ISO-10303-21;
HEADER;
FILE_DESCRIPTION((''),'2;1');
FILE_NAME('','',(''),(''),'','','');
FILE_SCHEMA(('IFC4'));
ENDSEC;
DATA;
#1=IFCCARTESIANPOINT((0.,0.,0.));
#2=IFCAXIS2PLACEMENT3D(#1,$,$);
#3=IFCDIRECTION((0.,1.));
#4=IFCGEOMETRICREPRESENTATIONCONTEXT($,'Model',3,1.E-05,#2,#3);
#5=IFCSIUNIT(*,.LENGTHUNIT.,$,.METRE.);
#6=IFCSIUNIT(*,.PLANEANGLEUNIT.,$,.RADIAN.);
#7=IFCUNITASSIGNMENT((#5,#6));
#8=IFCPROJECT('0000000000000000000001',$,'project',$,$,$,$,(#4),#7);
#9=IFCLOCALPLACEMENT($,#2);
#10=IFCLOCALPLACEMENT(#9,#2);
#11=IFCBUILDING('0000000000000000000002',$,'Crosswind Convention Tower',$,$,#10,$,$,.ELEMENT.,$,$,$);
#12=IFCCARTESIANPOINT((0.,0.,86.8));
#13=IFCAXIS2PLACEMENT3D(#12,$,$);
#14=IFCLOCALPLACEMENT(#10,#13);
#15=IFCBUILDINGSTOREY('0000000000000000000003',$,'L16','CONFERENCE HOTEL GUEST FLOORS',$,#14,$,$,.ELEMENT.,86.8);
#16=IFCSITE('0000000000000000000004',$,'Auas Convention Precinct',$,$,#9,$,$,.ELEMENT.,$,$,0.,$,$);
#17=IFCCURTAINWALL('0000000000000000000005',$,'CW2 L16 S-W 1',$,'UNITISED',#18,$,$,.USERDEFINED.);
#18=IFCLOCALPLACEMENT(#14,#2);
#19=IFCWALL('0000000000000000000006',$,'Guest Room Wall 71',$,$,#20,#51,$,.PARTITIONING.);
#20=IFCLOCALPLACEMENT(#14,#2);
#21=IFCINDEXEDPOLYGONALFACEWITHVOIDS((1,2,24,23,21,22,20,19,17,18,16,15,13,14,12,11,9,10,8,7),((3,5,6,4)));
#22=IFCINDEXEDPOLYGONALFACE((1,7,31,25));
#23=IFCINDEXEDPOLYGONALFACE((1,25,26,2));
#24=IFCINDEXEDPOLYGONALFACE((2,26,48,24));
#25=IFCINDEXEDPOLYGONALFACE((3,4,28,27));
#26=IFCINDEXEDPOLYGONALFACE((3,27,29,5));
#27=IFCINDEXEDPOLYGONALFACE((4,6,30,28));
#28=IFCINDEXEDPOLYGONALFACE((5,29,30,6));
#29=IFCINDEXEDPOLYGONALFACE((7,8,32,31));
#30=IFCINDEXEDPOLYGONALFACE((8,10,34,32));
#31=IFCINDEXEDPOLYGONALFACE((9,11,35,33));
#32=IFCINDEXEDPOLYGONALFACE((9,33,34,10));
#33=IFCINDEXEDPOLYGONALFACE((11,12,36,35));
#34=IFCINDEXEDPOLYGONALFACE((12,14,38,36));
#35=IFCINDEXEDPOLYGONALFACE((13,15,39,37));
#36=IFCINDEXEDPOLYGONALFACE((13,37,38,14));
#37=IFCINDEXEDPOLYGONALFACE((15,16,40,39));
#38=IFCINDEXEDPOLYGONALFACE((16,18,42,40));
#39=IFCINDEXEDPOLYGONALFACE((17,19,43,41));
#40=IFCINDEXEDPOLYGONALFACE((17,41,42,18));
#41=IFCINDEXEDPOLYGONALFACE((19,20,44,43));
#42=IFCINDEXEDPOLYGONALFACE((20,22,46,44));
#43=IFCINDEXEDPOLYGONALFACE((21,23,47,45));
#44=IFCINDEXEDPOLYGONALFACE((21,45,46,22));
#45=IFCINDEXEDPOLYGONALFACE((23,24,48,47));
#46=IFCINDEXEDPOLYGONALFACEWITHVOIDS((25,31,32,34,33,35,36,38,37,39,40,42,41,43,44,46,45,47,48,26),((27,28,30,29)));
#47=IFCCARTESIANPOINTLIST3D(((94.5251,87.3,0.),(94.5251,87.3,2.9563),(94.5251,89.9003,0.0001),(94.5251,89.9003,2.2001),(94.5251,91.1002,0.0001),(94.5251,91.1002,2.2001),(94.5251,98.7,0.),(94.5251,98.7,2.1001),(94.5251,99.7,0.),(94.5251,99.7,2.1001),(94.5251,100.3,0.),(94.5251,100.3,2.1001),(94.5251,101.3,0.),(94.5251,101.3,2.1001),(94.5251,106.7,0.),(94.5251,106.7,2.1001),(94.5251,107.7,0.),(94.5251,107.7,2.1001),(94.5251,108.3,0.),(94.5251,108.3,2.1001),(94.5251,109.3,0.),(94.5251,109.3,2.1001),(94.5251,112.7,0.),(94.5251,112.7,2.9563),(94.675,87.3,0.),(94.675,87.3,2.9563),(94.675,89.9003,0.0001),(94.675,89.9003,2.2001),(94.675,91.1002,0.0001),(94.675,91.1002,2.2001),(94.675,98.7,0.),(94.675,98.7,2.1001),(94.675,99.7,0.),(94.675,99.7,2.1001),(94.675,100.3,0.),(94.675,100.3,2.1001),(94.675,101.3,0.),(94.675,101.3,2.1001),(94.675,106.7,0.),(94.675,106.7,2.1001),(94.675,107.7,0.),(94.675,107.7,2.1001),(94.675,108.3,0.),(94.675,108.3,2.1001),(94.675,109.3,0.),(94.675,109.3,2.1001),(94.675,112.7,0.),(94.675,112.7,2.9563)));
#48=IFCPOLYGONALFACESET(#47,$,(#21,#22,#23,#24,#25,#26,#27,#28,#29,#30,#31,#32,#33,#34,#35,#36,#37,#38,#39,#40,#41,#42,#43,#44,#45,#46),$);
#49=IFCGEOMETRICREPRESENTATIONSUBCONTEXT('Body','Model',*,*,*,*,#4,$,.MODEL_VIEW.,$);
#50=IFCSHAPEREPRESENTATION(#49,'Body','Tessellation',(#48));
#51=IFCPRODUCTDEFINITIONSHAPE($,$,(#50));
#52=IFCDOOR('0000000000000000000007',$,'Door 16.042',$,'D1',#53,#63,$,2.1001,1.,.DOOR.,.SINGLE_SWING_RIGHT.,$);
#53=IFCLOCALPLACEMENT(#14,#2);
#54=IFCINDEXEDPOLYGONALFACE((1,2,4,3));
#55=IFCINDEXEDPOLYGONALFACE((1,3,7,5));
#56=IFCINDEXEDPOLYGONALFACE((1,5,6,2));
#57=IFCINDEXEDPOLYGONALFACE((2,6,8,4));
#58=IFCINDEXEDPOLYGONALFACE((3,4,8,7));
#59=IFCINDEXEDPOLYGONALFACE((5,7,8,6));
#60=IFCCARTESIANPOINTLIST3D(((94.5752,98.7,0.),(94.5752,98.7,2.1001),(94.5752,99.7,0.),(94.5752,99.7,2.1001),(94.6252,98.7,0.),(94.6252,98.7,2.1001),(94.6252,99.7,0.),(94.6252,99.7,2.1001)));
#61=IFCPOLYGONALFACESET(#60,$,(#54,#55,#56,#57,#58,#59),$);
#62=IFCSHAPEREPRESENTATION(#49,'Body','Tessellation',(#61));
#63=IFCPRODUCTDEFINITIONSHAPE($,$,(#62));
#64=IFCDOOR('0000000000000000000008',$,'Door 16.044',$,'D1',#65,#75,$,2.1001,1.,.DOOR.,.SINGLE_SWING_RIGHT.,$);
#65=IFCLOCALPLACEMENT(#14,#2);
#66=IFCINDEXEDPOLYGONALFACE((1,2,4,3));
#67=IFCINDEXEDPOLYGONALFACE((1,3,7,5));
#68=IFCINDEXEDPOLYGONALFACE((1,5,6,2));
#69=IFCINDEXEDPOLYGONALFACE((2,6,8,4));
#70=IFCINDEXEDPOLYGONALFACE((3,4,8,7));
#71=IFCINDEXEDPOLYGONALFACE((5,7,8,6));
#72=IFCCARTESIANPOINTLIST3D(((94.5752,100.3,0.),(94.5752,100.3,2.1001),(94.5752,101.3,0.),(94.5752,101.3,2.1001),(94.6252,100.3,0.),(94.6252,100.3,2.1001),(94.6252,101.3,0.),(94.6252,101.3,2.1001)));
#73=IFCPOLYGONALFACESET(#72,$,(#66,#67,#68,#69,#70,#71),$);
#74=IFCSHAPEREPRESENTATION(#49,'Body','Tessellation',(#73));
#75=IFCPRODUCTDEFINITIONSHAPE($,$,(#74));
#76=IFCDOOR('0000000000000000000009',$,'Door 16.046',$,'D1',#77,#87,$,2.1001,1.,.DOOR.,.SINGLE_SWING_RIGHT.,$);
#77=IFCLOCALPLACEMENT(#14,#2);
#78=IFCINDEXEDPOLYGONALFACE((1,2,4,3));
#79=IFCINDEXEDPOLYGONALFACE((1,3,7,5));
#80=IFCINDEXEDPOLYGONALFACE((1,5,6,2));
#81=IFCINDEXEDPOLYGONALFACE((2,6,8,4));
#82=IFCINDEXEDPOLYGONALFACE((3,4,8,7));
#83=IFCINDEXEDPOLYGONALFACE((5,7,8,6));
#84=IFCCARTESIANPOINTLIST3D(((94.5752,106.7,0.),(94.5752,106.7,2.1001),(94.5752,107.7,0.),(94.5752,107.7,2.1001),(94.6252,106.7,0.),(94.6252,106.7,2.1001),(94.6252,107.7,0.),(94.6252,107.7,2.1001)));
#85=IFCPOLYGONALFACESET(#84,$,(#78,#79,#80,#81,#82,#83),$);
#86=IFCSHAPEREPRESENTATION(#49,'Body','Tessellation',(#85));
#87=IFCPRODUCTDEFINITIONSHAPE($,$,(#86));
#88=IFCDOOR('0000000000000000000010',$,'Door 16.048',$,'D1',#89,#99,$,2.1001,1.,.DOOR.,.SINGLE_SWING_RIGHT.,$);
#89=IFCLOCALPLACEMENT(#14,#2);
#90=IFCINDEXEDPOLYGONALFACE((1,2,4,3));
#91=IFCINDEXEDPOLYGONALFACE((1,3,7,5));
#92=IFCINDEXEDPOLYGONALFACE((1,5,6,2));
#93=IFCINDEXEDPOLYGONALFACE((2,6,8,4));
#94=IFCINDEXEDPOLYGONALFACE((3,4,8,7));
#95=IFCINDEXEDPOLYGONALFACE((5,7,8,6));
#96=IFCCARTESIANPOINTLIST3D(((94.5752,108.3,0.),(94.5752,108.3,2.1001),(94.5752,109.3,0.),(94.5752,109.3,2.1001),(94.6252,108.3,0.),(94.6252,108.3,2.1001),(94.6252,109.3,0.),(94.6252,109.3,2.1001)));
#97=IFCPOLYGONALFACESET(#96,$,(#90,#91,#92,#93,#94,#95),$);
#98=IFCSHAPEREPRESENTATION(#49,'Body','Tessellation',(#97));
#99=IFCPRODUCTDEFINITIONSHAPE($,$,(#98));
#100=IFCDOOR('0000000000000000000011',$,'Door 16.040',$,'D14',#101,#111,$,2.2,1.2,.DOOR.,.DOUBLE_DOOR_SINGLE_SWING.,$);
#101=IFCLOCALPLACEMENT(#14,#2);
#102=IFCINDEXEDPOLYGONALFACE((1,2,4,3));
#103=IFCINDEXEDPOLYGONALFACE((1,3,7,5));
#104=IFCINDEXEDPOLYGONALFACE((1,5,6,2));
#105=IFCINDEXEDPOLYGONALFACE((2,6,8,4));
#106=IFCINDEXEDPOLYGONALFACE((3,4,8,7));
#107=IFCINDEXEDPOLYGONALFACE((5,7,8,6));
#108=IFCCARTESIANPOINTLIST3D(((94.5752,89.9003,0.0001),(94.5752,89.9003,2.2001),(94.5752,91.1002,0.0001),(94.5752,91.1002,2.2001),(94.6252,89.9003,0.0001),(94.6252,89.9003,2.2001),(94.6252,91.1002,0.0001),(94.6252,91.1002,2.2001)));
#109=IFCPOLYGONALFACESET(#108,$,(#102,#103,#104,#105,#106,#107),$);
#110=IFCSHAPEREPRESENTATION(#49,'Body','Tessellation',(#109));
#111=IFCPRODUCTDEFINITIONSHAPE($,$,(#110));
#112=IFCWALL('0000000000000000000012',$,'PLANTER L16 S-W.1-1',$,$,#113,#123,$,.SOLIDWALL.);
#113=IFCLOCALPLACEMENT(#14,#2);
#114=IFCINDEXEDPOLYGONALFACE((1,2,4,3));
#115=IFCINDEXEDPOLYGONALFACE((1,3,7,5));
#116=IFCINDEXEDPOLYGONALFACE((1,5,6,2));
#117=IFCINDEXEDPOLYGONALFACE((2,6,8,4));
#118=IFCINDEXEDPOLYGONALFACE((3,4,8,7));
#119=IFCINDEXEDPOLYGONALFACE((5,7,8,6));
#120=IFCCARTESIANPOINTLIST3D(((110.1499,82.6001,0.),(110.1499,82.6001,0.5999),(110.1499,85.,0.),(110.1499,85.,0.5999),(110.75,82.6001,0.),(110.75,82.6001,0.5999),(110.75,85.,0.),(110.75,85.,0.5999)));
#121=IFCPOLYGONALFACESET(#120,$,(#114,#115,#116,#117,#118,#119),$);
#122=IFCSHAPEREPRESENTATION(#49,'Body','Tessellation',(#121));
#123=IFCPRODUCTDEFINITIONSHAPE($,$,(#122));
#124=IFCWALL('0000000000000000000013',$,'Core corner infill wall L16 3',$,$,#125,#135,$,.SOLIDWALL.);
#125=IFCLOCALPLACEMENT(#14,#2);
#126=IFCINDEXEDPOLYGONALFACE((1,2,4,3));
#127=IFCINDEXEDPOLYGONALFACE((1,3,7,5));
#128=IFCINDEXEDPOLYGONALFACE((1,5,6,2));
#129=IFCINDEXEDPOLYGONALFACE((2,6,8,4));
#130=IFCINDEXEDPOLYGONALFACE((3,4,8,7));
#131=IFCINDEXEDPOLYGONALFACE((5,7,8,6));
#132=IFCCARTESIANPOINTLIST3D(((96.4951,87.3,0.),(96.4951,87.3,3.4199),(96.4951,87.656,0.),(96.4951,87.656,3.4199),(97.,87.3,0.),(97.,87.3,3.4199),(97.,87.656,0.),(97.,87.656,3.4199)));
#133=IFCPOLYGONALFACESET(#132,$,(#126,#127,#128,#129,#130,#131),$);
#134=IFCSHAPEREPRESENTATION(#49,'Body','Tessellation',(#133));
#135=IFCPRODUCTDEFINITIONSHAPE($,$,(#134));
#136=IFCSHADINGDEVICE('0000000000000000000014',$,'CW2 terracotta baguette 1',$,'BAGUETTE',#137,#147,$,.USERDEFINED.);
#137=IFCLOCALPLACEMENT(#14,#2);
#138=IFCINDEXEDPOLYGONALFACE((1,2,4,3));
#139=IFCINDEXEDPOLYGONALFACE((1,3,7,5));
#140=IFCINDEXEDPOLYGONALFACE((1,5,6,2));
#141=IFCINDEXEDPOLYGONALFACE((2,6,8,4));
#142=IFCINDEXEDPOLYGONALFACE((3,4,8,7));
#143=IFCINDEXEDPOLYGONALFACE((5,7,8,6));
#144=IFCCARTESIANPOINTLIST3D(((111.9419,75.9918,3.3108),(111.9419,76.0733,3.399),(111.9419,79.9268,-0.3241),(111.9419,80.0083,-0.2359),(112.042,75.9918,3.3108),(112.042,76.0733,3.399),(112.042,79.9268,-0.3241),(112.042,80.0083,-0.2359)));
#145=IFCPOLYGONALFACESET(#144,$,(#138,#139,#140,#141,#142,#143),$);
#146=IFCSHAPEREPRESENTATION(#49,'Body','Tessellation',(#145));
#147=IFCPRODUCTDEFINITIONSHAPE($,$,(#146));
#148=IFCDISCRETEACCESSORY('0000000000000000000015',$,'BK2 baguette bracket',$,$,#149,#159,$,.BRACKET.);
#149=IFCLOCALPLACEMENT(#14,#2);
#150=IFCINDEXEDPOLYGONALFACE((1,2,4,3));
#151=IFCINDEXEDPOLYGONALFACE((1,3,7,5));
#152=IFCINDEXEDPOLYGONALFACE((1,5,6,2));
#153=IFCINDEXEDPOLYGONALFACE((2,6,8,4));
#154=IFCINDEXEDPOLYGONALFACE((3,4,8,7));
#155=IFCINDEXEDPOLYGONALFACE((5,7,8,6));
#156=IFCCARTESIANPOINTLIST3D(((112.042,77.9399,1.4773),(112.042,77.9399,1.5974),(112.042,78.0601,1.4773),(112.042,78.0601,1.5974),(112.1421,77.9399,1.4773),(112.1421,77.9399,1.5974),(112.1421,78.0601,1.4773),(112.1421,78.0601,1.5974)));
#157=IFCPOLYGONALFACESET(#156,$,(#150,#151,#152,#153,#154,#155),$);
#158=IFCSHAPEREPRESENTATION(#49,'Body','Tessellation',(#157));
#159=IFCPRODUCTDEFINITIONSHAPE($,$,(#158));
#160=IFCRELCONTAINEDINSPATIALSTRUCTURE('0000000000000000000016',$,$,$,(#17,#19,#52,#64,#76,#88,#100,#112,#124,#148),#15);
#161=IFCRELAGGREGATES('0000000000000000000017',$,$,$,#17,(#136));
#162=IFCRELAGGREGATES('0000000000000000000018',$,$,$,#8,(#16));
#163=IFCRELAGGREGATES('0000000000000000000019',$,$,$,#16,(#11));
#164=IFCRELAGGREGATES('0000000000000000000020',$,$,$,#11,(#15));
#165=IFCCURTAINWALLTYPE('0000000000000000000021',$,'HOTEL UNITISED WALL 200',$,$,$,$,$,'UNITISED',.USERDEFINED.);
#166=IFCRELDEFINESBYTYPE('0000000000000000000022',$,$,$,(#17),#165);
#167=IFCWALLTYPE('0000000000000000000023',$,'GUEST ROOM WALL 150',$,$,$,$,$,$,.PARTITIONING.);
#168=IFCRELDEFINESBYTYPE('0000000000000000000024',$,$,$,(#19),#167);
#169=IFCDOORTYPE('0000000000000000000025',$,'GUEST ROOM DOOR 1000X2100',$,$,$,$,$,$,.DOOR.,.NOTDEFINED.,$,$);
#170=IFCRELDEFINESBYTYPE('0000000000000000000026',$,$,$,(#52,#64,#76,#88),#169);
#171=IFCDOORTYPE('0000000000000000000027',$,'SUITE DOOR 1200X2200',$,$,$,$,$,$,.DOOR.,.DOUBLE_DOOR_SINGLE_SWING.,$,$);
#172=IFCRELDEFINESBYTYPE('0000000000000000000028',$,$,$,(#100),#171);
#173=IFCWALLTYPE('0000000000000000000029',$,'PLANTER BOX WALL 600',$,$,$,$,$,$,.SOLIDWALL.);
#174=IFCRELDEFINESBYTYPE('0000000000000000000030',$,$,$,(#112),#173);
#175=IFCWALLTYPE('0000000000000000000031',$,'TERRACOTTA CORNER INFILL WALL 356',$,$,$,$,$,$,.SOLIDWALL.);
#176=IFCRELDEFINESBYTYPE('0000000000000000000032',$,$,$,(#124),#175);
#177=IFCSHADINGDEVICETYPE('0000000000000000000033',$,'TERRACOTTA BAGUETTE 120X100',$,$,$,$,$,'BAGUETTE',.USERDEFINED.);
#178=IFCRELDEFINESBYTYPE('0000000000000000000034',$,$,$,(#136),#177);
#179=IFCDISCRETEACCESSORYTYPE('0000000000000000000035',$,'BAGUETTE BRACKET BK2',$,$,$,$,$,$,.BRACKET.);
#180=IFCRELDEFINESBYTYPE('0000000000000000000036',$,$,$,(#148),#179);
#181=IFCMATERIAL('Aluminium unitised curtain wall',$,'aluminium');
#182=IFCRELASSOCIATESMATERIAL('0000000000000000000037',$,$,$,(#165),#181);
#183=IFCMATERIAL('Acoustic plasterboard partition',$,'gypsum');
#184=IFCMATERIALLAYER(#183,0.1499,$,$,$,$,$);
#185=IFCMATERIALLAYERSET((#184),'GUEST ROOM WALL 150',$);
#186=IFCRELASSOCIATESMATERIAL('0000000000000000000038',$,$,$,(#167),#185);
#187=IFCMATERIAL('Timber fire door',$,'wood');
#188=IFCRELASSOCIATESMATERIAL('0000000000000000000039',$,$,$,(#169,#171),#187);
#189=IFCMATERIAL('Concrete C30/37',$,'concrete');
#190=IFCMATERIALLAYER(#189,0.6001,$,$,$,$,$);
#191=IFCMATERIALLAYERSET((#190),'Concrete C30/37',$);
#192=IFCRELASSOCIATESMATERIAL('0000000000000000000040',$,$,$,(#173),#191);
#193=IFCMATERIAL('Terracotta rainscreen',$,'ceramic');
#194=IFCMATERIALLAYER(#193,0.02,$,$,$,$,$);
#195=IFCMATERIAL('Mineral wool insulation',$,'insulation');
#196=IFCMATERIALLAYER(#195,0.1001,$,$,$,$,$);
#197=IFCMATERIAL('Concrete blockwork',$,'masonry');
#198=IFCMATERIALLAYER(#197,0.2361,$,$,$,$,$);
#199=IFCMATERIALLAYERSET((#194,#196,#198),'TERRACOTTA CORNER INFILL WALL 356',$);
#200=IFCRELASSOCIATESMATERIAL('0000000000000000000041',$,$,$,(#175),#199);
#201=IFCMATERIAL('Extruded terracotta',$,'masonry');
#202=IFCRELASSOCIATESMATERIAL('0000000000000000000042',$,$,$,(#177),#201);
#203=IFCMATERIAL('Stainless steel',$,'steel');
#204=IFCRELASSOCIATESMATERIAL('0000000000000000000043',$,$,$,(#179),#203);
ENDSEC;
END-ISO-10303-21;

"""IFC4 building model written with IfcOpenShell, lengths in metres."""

from ifc_helpers import new_model, si_unit, direction, frame, frame_2d, origin, origin_2d, place, context, subcontext, project, spatial, rectangle, extrude, material, layer, layer_set, material_profile, profile_set, type_object, element, fill, aggregate, save


model = new_model("IFC4")

# Units and contexts
model_context = context("Model", 3, precision=1e-05, world=origin(), true_north=direction((0.0, 1.0)))
body_context = subcontext(model_context, "Body", "Model", "MODEL_VIEW")
ifc_project = project(units=[si_unit("LENGTHUNIT", "METRE"), si_unit("PLANEANGLEUNIT", "RADIAN")], contexts=[model_context])

# Site, building, storey
site_placement = place(None, origin())
site = spatial("IfcSite", under=ifc_project, at=site_placement, Name="Auas Convention Precinct", CompositionType="ELEMENT", RefElevation=0.0)
building_placement = place(site_placement, origin())
building = spatial("IfcBuilding", under=site, at=building_placement, Name="Crosswind Convention Tower", CompositionType="ELEMENT")
storey_placement = place(building_placement, frame((0.0, 0.0, 86.8)))
storey = spatial("IfcBuildingStorey", under=building, at=storey_placement, Name="L16", Description="CONFERENCE HOTEL GUEST FLOORS", CompositionType="ELEMENT", Elevation=86.8)

# Shared definitions
ifc_material_1 = material(Name="Aluminium unitised curtain wall", Category="aluminium")

# Curtain wall
curtain_wall_type_1 = type_object("IfcCurtainWallType", Name="HOTEL UNITISED WALL 200", ElementType="UNITISED", PredefinedType="USERDEFINED", material=ifc_material_1)
curtain_wall_1_placement = place(storey_placement, origin())
curtain_wall_1 = element("IfcCurtainWall", 1, at=curtain_wall_1_placement, inside=storey, type_object=curtain_wall_type_1, Name="CW2 L16 S-W 1", ObjectType="UNITISED", PredefinedType="USERDEFINED")

# Wall, openings, doors
ifc_material_2 = material(Name="Acoustic plasterboard partition", Category="gypsum")
ifc_layer_1 = layer(ifc_material_2, 0.1499)
ifc_layer_set_1 = layer_set([ifc_layer_1], Name="GUEST ROOM WALL 150")
wall_type_1 = type_object("IfcWallType", Name="GUEST ROOM WALL 150", PredefinedType="PARTITIONING", material=ifc_layer_set_1)
wall_1_placement = place(storey_placement, frame((94.6001, 87.3, 0.0), z_axis=(0.0, 0.0, 1.0), x_axis=(0.0, 1.0, 0.0)))
wall_1 = element("IfcWall", 2, at=wall_1_placement, inside=storey, type_object=wall_type_1, Name="Guest Room Wall 71", PredefinedType="PARTITIONING", context=body_context, shape_type="SweptSolid", body=[
    extrude(rectangle(XDim=25.3999, YDim=0.1499, at=frame_2d((12.7, 0.0))), origin(), (0.0, 0.0, 1.0), 2.9563),
])
opening_1_placement = place(wall_1_placement, frame((2.6001, 0.0, 0.0)))
opening_1 = element("IfcOpeningElement", 3, at=opening_1_placement, cuts=wall_1, PredefinedType="OPENING", context=body_context, shape_type="SweptSolid", body=[
    extrude(rectangle(XDim=1.2, YDim=2.2, at=frame_2d((0.6001, 1.1001))), frame((0.0, 0.085, 0.0), z_axis=(0.0, -1.0, 0.0), x_axis=(1.0, 0.0, 0.0)), (0.0, 0.0, 1.0), 0.1699),
])
opening_2_placement = place(wall_1_placement, frame((11.3999, 0.0, 0.0)))
opening_2 = element("IfcOpeningElement", 4, at=opening_2_placement, cuts=wall_1, PredefinedType="OPENING", context=body_context, shape_type="SweptSolid", body=[
    extrude(rectangle(XDim=1.0, YDim=2.1001, at=frame_2d((0.5, 1.05))), frame((0.0, 0.085, 0.0), z_axis=(0.0, -1.0, 0.0), x_axis=(1.0, 0.0, 0.0)), (0.0, 0.0, 1.0), 0.1699),
])
opening_3_placement = place(wall_1_placement, frame((13.0, 0.0, 0.0)))
opening_3 = element("IfcOpeningElement", 5, at=opening_3_placement, cuts=wall_1, PredefinedType="OPENING", context=body_context, shape_type="SweptSolid", body=[
    extrude(rectangle(XDim=1.0, YDim=2.1001, at=frame_2d((0.5, 1.05))), frame((0.0, 0.085, 0.0), z_axis=(0.0, -1.0, 0.0), x_axis=(1.0, 0.0, 0.0)), (0.0, 0.0, 1.0), 0.1699),
])
opening_4_placement = place(wall_1_placement, frame((19.3999, 0.0, 0.0)))
opening_4 = element("IfcOpeningElement", 6, at=opening_4_placement, cuts=wall_1, PredefinedType="OPENING", context=body_context, shape_type="SweptSolid", body=[
    extrude(rectangle(XDim=1.0, YDim=2.1001, at=frame_2d((0.5, 1.05))), frame((0.0, 0.085, 0.0), z_axis=(0.0, -1.0, 0.0), x_axis=(1.0, 0.0, 0.0)), (0.0, 0.0, 1.0), 0.1699),
])
opening_5_placement = place(wall_1_placement, frame((21.0, 0.0, 0.0)))
opening_5 = element("IfcOpeningElement", 7, at=opening_5_placement, cuts=wall_1, PredefinedType="OPENING", context=body_context, shape_type="SweptSolid", body=[
    extrude(rectangle(XDim=1.0, YDim=2.1001, at=frame_2d((0.5, 1.05))), frame((0.0, 0.085, 0.0), z_axis=(0.0, -1.0, 0.0), x_axis=(1.0, 0.0, 0.0)), (0.0, 0.0, 1.0), 0.1699),
])
ifc_material_3 = material(Name="Timber fire door", Category="wood")
door_type_1 = type_object("IfcDoorType", Name="GUEST ROOM DOOR 1000X2100", OperationType="NOTDEFINED", PredefinedType="DOOR", material=ifc_material_3)
door_1_placement = place(opening_2_placement, origin())
door_1 = element("IfcDoor", 8, at=door_1_placement, inside=storey, type_object=door_type_1, Name="Door 16.042", ObjectType="D1", OperationType="SINGLE_SWING_RIGHT", OverallHeight=2.1001, OverallWidth=1.0, PredefinedType="DOOR", context=body_context, shape_type="SweptSolid", body=[
    extrude(rectangle(XDim=1.0, YDim=2.1001, at=frame_2d((0.5, 1.05))), frame((0.0, 0.0249, 0.0), z_axis=(0.0, -1.0, 0.0), x_axis=(1.0, 0.0, 0.0)), (0.0, 0.0, 1.0), 0.05),
])
fill(opening_2, door_1)
door_2_placement = place(opening_3_placement, origin())
door_2 = element("IfcDoor", 9, at=door_2_placement, inside=storey, type_object=door_type_1, Name="Door 16.044", ObjectType="D1", OperationType="SINGLE_SWING_RIGHT", OverallHeight=2.1001, OverallWidth=1.0, PredefinedType="DOOR", context=body_context, shape_type="SweptSolid", body=[
    extrude(rectangle(XDim=1.0, YDim=2.1001, at=frame_2d((0.5, 1.05))), frame((0.0, 0.0249, 0.0), z_axis=(0.0, -1.0, 0.0), x_axis=(1.0, 0.0, 0.0)), (0.0, 0.0, 1.0), 0.05),
])
fill(opening_3, door_2)
door_3_placement = place(opening_4_placement, origin())
door_3 = element("IfcDoor", 10, at=door_3_placement, inside=storey, type_object=door_type_1, Name="Door 16.046", ObjectType="D1", OperationType="SINGLE_SWING_RIGHT", OverallHeight=2.1001, OverallWidth=1.0, PredefinedType="DOOR", context=body_context, shape_type="SweptSolid", body=[
    extrude(rectangle(XDim=1.0, YDim=2.1001, at=frame_2d((0.5, 1.05))), frame((0.0, 0.0249, 0.0), z_axis=(0.0, -1.0, 0.0), x_axis=(1.0, 0.0, 0.0)), (0.0, 0.0, 1.0), 0.05),
])
fill(opening_4, door_3)
door_4_placement = place(opening_5_placement, origin())
door_4 = element("IfcDoor", 11, at=door_4_placement, inside=storey, type_object=door_type_1, Name="Door 16.048", ObjectType="D1", OperationType="SINGLE_SWING_RIGHT", OverallHeight=2.1001, OverallWidth=1.0, PredefinedType="DOOR", context=body_context, shape_type="SweptSolid", body=[
    extrude(rectangle(XDim=1.0, YDim=2.1001, at=frame_2d((0.5, 1.05))), frame((0.0, 0.0249, 0.0), z_axis=(0.0, -1.0, 0.0), x_axis=(1.0, 0.0, 0.0)), (0.0, 0.0, 1.0), 0.05),
])
fill(opening_5, door_4)
door_type_2 = type_object("IfcDoorType", Name="SUITE DOOR 1200X2200", OperationType="DOUBLE_DOOR_SINGLE_SWING", PredefinedType="DOOR", material=ifc_material_3)
door_5_placement = place(opening_1_placement, origin())
door_5 = element("IfcDoor", 12, at=door_5_placement, inside=storey, type_object=door_type_2, Name="Door 16.040", ObjectType="D14", OperationType="DOUBLE_DOOR_SINGLE_SWING", OverallHeight=2.2, OverallWidth=1.2, PredefinedType="DOOR", context=body_context, shape_type="SweptSolid", body=[
    extrude(rectangle(XDim=1.2, YDim=2.2, at=frame_2d((0.6001, 1.1001))), frame((0.0, 0.0249, 0.0), z_axis=(0.0, -1.0, 0.0), x_axis=(1.0, 0.0, 0.0)), (0.0, 0.0, 1.0), 0.05),
])
fill(opening_1, door_5)

# Walls
ifc_material_4 = material(Name="Concrete C30/37", Category="concrete")
ifc_layer_2 = layer(ifc_material_4, 0.6001)
ifc_layer_set_2 = layer_set([ifc_layer_2], Name="Concrete C30/37")
wall_type_2 = type_object("IfcWallType", Name="PLANTER BOX WALL 600", PredefinedType="SOLIDWALL", material=ifc_layer_set_2)
wall_2_placement = place(storey_placement, frame((110.45, 85.0, 0.0), z_axis=(0.0, 0.0, 1.0), x_axis=(0.0, -1.0, 0.0)))
element("IfcWall", 13, at=wall_2_placement, inside=storey, type_object=wall_type_2, Name="PLANTER L16 S-W.1-1", PredefinedType="SOLIDWALL", context=body_context, shape_type="SweptSolid", body=[
    extrude(rectangle(XDim=2.3999, YDim=0.6001, at=frame_2d((1.2, 0.0))), origin(), (0.0, 0.0, 1.0), 0.5999),
])
ifc_material_5 = material(Name="Terracotta rainscreen", Category="ceramic")
ifc_layer_3 = layer(ifc_material_5, 0.02)
ifc_material_6 = material(Name="Mineral wool insulation", Category="insulation")
ifc_layer_4 = layer(ifc_material_6, 0.1001)
ifc_material_7 = material(Name="Concrete blockwork", Category="masonry")
ifc_layer_5 = layer(ifc_material_7, 0.2361)
ifc_layer_set_3 = layer_set([ifc_layer_3, ifc_layer_4, ifc_layer_5], Name="TERRACOTTA CORNER INFILL WALL 356")
wall_type_3 = type_object("IfcWallType", Name="TERRACOTTA CORNER INFILL WALL 356", PredefinedType="SOLIDWALL", material=ifc_layer_set_3)
wall_3_placement = place(storey_placement, frame((96.4951, 87.478, 0.0), z_axis=(0.0, 0.0, 1.0), x_axis=(1.0, 0.0, 0.0)))
element("IfcWall", 14, at=wall_3_placement, inside=storey, type_object=wall_type_3, Name="Core corner infill wall L16 3", PredefinedType="SOLIDWALL", context=body_context, shape_type="SweptSolid", body=[
    extrude(rectangle(XDim=0.5049, YDim=0.356, at=frame_2d((0.2524, 0.0))), origin(), (0.0, 0.0, 1.0), 3.4199),
])

# Shading device
ifc_material_8 = material(Name="Extruded terracotta", Category="masonry")
ifc_material_profile_1 = material_profile(ifc_material_8, rectangle(XDim=0.1001, YDim=0.1201, at=origin_2d()), Name="TC 100X120")
ifc_profile_set_1 = profile_set([ifc_material_profile_1], Name="Extruded terracotta")
shading_device_type = type_object("IfcShadingDeviceType", Name="TERRACOTTA BAGUETTE 120X100", ElementType="BAGUETTE", PredefinedType="USERDEFINED", material=ifc_profile_set_1)
shading_device_placement = place(storey_placement, frame((111.9919, 79.9675, -0.28), z_axis=(0.0, -0.734557, 0.678547), x_axis=(1.0, 0.0, 0.0)))
shading_device = element("IfcShadingDevice", 15, at=shading_device_placement, type_object=shading_device_type, Name="CW2 terracotta baguette 1", ObjectType="BAGUETTE", PredefinedType="USERDEFINED", context=body_context, shape_type="SweptSolid", body=[
    extrude(rectangle(XDim=0.1001, YDim=0.1201, at=origin_2d()), origin(), (0.0, 0.0, 1.0), 5.3569),
])
aggregate(curtain_wall_1, [shading_device])

# Discrete accessory
ifc_material_9 = material(Name="Stainless steel", Category="steel")
discrete_accessory_type = type_object("IfcDiscreteAccessoryType", Name="BAGUETTE BRACKET BK2", PredefinedType="BRACKET", material=ifc_material_9)
discrete_accessory_placement = place(storey_placement, frame((112.092, 78.0, 1.4773), z_axis=(0.0, 0.0, 1.0), x_axis=(0.0, -1.0, 0.0)))
element("IfcDiscreteAccessory", 16, at=discrete_accessory_placement, inside=storey, type_object=discrete_accessory_type, Name="BK2 baguette bracket", PredefinedType="BRACKET", context=body_context, shape_type="SweptSolid", body=[
    extrude(rectangle(XDim=0.1201, YDim=0.1001, at=origin_2d()), origin(), (0.0, 0.0, 1.0), 0.1201),
])

save(model, "model.ifc")
